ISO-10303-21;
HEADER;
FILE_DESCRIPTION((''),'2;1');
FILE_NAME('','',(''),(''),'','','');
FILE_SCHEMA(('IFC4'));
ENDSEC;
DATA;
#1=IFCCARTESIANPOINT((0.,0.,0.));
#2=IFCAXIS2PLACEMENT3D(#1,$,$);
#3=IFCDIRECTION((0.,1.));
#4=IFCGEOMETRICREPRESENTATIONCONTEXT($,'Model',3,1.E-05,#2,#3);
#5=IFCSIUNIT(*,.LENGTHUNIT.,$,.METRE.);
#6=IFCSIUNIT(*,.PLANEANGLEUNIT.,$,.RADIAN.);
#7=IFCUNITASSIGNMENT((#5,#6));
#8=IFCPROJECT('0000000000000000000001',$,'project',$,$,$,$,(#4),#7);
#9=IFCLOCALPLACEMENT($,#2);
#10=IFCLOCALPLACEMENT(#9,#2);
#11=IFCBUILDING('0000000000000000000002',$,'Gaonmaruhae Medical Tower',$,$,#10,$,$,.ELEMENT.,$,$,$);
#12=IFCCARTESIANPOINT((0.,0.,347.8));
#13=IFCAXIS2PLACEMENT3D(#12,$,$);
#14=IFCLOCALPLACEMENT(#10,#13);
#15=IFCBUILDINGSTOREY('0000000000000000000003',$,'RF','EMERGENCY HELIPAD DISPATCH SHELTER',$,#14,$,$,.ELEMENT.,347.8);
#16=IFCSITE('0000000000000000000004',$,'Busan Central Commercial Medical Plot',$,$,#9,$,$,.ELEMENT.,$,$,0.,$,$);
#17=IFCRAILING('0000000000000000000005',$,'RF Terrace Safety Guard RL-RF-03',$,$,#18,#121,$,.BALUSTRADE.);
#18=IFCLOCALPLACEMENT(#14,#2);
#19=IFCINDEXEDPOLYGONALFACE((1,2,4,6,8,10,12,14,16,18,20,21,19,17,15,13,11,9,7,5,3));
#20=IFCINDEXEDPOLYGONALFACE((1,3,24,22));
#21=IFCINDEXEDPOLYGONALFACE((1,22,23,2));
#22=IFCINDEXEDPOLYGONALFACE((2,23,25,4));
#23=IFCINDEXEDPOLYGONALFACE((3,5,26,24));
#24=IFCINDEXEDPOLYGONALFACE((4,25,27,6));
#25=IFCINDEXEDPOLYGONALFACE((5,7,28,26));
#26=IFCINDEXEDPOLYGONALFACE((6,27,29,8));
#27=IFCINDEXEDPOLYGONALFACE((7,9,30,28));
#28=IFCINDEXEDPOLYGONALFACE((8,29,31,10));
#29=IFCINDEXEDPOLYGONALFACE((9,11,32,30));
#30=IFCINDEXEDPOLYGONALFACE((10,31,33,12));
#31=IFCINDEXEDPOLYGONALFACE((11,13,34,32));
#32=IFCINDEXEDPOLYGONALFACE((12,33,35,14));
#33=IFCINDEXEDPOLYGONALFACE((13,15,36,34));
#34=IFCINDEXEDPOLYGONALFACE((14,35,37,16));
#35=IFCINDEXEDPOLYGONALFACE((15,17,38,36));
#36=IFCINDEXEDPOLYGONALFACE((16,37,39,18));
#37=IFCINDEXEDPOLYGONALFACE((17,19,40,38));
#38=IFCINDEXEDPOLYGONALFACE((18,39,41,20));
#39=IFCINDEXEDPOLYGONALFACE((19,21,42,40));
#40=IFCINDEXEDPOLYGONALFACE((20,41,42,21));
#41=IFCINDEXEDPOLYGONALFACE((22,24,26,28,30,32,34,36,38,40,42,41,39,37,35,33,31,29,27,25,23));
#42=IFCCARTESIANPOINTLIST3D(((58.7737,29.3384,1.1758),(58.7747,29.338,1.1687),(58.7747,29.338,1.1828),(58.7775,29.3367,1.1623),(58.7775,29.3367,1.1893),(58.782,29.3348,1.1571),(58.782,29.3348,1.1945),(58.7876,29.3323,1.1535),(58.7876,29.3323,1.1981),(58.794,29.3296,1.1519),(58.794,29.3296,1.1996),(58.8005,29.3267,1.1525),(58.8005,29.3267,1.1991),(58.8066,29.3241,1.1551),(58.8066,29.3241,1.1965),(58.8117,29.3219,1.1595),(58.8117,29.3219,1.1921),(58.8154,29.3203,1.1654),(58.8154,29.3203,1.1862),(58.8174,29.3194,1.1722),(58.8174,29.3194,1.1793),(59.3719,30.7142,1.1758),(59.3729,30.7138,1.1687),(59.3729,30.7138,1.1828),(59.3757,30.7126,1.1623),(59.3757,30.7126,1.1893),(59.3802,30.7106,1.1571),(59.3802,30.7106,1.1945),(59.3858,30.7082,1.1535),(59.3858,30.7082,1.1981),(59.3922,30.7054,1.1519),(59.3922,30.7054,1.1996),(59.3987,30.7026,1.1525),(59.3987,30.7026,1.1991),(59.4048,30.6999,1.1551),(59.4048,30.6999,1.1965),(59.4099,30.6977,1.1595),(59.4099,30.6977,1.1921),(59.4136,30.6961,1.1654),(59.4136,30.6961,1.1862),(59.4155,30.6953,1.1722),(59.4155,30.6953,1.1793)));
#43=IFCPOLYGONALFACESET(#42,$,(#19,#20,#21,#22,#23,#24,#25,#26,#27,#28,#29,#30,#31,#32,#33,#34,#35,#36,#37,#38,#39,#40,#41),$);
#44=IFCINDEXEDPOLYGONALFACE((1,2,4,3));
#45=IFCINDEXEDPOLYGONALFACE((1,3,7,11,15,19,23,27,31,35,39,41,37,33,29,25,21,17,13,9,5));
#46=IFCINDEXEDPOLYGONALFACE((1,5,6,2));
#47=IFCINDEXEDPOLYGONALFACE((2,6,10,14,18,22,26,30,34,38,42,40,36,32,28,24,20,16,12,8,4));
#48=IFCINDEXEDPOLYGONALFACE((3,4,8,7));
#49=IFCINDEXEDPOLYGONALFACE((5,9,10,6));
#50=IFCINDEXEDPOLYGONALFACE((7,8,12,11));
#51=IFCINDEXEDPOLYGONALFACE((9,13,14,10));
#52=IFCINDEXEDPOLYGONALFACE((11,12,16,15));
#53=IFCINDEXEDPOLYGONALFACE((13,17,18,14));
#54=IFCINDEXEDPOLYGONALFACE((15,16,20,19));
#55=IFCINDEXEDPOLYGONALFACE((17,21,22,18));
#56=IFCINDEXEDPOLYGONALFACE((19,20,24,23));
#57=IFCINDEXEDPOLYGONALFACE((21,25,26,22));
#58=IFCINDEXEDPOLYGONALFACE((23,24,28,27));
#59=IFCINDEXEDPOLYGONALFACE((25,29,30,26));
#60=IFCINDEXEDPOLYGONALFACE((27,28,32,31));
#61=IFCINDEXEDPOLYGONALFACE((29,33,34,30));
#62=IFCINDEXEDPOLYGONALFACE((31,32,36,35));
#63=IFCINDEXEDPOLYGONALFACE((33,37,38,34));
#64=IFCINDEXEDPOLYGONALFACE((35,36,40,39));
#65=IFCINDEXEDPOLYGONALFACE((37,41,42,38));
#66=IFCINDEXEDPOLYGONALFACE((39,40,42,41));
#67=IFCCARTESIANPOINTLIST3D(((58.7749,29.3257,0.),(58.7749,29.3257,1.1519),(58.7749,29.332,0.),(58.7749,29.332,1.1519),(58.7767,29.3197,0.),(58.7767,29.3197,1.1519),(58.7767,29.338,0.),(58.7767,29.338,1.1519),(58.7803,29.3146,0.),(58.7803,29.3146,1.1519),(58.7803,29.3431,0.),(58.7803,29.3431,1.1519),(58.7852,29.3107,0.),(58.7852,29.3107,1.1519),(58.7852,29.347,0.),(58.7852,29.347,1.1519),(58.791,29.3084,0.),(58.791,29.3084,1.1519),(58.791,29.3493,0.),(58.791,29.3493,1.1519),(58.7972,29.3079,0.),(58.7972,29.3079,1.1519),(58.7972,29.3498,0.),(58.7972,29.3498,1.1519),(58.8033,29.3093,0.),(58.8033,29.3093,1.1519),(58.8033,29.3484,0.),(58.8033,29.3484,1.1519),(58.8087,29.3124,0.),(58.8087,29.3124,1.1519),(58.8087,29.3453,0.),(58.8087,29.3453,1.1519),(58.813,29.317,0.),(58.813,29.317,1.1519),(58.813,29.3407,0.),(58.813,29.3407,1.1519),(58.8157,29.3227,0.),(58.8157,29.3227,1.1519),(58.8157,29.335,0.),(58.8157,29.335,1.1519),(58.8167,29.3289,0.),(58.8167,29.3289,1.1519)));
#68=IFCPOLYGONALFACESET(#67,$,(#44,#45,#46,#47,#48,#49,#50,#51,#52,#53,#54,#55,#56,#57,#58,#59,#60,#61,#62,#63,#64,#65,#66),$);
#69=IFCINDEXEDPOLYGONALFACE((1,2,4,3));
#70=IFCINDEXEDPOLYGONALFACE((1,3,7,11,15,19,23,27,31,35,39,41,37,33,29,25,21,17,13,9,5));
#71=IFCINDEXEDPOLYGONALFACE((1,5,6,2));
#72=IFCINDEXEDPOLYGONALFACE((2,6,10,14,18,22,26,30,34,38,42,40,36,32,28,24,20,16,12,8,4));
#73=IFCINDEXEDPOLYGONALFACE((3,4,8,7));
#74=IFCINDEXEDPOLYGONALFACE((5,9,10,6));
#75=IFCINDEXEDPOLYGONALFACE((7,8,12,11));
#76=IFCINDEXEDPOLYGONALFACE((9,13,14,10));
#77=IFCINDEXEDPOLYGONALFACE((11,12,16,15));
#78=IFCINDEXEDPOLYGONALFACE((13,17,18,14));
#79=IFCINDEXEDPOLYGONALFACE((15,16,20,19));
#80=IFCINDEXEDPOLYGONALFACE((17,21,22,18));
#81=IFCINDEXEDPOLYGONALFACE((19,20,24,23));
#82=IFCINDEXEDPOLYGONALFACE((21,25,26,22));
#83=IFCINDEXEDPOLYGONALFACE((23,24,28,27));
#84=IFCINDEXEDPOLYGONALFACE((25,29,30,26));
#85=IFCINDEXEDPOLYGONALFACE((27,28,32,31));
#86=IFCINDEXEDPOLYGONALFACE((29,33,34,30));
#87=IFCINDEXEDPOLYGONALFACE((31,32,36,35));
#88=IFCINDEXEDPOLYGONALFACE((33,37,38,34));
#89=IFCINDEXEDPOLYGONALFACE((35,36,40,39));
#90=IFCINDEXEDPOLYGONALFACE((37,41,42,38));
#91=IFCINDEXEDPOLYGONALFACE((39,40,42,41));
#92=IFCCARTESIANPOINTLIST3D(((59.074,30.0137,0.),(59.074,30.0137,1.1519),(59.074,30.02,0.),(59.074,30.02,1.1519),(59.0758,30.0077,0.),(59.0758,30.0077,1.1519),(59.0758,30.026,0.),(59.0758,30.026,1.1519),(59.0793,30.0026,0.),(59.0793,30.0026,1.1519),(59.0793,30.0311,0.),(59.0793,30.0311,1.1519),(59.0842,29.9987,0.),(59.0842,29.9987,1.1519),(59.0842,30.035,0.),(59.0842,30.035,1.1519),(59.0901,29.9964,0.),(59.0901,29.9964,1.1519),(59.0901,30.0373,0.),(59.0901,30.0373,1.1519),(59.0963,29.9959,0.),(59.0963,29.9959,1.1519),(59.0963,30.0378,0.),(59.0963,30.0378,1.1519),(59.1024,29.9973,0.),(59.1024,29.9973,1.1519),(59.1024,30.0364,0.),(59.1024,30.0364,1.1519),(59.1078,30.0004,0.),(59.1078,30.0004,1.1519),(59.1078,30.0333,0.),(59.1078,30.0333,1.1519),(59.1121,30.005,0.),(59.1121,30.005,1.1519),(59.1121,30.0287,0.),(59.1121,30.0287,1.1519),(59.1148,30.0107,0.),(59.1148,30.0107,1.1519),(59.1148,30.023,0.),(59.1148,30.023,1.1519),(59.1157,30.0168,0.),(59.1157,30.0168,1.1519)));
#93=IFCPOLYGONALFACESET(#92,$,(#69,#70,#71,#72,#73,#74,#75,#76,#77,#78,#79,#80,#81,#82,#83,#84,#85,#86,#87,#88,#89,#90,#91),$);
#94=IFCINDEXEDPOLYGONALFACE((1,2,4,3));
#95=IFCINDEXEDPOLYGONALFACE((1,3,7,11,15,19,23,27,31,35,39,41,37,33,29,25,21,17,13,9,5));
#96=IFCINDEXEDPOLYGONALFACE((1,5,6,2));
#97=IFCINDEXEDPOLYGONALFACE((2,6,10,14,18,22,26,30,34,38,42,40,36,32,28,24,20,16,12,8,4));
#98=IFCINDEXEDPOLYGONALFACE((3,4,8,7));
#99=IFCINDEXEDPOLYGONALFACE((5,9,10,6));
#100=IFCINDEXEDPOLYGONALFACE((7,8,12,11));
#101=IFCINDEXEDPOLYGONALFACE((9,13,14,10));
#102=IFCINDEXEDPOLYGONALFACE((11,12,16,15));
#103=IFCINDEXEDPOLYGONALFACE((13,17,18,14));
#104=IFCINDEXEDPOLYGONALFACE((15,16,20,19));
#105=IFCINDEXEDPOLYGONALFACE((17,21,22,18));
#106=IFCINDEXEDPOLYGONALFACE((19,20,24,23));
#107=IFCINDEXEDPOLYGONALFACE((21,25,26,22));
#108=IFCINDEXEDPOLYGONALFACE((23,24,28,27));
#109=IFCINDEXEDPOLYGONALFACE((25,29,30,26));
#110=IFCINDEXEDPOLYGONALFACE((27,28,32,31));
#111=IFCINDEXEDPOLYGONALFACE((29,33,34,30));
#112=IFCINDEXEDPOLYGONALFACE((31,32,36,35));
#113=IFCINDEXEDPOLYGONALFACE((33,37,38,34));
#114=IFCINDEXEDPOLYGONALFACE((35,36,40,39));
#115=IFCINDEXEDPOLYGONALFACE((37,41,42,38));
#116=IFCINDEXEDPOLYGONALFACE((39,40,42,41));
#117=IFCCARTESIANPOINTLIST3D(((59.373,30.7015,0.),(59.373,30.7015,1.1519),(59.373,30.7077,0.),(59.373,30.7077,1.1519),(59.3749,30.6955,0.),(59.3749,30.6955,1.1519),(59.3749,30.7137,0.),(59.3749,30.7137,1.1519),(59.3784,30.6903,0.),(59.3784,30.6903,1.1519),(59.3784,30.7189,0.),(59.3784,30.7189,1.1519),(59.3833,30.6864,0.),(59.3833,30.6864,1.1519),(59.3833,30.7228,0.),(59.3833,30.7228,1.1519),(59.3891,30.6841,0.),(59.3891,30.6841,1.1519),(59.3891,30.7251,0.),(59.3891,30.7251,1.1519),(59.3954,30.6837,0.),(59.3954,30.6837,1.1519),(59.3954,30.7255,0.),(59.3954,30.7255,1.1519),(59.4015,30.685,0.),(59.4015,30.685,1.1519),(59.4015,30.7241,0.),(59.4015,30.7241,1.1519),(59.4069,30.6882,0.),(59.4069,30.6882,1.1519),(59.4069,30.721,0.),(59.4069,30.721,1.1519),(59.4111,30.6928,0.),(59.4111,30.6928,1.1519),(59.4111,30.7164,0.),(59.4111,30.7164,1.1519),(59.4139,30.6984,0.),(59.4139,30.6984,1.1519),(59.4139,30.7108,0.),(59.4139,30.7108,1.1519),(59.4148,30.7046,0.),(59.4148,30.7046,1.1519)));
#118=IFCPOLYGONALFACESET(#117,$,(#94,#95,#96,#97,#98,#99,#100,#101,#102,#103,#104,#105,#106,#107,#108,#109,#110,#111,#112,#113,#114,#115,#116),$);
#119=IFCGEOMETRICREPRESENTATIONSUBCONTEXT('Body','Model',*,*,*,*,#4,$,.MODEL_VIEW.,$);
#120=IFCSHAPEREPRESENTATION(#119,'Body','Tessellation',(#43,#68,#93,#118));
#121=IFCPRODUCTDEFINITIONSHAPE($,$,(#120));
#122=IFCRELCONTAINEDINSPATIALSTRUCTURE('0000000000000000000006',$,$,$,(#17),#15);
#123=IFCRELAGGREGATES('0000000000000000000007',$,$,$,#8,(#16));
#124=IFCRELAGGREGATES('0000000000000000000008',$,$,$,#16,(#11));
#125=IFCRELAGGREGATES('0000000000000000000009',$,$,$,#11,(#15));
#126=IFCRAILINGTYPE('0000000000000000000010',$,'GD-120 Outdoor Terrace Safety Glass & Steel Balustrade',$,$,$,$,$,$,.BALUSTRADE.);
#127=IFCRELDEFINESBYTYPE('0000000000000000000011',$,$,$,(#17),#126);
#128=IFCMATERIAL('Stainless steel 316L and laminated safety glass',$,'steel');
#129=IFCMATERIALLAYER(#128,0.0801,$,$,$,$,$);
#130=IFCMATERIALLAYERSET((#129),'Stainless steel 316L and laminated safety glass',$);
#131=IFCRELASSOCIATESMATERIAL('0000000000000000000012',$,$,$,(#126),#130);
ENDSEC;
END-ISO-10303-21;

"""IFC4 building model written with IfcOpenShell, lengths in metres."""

from ifc_helpers import new_model, si_unit, direction, frame, origin, origin_2d, place, context, subcontext, project, spatial, circle, extrude, material, layer, layer_set, type_object, element, save


model = new_model("IFC4")

# Units and contexts
model_context = context("Model", 3, precision=1e-05, world=origin(), true_north=direction((0.0, 1.0)))
body_context = subcontext(model_context, "Body", "Model", "MODEL_VIEW")
ifc_project = project(units=[si_unit("LENGTHUNIT", "METRE"), si_unit("PLANEANGLEUNIT", "RADIAN")], contexts=[model_context])

# Site, building, storey
site_placement = place(None, origin())
site = spatial("IfcSite", under=ifc_project, at=site_placement, Name="Busan Central Commercial Medical Plot", CompositionType="ELEMENT", RefElevation=0.0)
building_placement = place(site_placement, origin())
building = spatial("IfcBuilding", under=site, at=building_placement, Name="Gaonmaruhae Medical Tower", CompositionType="ELEMENT")
storey_placement = place(building_placement, frame((0.0, 0.0, 347.8)))
storey = spatial("IfcBuildingStorey", under=building, at=storey_placement, Name="RF", Description="EMERGENCY HELIPAD DISPATCH SHELTER", CompositionType="ELEMENT", Elevation=347.8)

# Railing
ifc_material_1 = material(Name="Stainless steel 316L and laminated safety glass", Category="steel")
ifc_layer_1 = layer(ifc_material_1, 0.0801)
ifc_layer_set_1 = layer_set([ifc_layer_1], Name="Stainless steel 316L and laminated safety glass")
railing_type = type_object("IfcRailingType", Name="GD-120 Outdoor Terrace Safety Glass & Steel Balustrade", PredefinedType="BALUSTRADE", material=ifc_layer_set_1)
railing_1_placement = place(storey_placement, frame((58.7957, 29.3289, 0.0)))
element("IfcRailing", 1, at=railing_1_placement, inside=storey, type_object=railing_type, Name="RF Terrace Safety Guard RL-RF-03", PredefinedType="BALUSTRADE", context=body_context, shape_type="SweptSolid", body=[
    extrude(circle(Radius=0.0239, at=origin_2d()), frame((0.0, 0.0, 1.1758), z_axis=(0.398726, 0.91707, 0.0), x_axis=(-0.91707, 0.398726, 0.0)), (0.0, 0.0, 1.0), 1.5002),
    extrude(circle(Radius=0.021, at=origin_2d()), origin(), (0.0, 0.0, 1.0), 1.1519),
    extrude(circle(Radius=0.021, at=origin_2d()), frame((0.2991, 0.688, 0.0)), (0.0, 0.0, 1.0), 1.1519),
    extrude(circle(Radius=0.021, at=origin_2d()), frame((0.5981, 1.3757, 0.0)), (0.0, 0.0, 1.0), 1.1519),
])

save(model, "model.ifc")
